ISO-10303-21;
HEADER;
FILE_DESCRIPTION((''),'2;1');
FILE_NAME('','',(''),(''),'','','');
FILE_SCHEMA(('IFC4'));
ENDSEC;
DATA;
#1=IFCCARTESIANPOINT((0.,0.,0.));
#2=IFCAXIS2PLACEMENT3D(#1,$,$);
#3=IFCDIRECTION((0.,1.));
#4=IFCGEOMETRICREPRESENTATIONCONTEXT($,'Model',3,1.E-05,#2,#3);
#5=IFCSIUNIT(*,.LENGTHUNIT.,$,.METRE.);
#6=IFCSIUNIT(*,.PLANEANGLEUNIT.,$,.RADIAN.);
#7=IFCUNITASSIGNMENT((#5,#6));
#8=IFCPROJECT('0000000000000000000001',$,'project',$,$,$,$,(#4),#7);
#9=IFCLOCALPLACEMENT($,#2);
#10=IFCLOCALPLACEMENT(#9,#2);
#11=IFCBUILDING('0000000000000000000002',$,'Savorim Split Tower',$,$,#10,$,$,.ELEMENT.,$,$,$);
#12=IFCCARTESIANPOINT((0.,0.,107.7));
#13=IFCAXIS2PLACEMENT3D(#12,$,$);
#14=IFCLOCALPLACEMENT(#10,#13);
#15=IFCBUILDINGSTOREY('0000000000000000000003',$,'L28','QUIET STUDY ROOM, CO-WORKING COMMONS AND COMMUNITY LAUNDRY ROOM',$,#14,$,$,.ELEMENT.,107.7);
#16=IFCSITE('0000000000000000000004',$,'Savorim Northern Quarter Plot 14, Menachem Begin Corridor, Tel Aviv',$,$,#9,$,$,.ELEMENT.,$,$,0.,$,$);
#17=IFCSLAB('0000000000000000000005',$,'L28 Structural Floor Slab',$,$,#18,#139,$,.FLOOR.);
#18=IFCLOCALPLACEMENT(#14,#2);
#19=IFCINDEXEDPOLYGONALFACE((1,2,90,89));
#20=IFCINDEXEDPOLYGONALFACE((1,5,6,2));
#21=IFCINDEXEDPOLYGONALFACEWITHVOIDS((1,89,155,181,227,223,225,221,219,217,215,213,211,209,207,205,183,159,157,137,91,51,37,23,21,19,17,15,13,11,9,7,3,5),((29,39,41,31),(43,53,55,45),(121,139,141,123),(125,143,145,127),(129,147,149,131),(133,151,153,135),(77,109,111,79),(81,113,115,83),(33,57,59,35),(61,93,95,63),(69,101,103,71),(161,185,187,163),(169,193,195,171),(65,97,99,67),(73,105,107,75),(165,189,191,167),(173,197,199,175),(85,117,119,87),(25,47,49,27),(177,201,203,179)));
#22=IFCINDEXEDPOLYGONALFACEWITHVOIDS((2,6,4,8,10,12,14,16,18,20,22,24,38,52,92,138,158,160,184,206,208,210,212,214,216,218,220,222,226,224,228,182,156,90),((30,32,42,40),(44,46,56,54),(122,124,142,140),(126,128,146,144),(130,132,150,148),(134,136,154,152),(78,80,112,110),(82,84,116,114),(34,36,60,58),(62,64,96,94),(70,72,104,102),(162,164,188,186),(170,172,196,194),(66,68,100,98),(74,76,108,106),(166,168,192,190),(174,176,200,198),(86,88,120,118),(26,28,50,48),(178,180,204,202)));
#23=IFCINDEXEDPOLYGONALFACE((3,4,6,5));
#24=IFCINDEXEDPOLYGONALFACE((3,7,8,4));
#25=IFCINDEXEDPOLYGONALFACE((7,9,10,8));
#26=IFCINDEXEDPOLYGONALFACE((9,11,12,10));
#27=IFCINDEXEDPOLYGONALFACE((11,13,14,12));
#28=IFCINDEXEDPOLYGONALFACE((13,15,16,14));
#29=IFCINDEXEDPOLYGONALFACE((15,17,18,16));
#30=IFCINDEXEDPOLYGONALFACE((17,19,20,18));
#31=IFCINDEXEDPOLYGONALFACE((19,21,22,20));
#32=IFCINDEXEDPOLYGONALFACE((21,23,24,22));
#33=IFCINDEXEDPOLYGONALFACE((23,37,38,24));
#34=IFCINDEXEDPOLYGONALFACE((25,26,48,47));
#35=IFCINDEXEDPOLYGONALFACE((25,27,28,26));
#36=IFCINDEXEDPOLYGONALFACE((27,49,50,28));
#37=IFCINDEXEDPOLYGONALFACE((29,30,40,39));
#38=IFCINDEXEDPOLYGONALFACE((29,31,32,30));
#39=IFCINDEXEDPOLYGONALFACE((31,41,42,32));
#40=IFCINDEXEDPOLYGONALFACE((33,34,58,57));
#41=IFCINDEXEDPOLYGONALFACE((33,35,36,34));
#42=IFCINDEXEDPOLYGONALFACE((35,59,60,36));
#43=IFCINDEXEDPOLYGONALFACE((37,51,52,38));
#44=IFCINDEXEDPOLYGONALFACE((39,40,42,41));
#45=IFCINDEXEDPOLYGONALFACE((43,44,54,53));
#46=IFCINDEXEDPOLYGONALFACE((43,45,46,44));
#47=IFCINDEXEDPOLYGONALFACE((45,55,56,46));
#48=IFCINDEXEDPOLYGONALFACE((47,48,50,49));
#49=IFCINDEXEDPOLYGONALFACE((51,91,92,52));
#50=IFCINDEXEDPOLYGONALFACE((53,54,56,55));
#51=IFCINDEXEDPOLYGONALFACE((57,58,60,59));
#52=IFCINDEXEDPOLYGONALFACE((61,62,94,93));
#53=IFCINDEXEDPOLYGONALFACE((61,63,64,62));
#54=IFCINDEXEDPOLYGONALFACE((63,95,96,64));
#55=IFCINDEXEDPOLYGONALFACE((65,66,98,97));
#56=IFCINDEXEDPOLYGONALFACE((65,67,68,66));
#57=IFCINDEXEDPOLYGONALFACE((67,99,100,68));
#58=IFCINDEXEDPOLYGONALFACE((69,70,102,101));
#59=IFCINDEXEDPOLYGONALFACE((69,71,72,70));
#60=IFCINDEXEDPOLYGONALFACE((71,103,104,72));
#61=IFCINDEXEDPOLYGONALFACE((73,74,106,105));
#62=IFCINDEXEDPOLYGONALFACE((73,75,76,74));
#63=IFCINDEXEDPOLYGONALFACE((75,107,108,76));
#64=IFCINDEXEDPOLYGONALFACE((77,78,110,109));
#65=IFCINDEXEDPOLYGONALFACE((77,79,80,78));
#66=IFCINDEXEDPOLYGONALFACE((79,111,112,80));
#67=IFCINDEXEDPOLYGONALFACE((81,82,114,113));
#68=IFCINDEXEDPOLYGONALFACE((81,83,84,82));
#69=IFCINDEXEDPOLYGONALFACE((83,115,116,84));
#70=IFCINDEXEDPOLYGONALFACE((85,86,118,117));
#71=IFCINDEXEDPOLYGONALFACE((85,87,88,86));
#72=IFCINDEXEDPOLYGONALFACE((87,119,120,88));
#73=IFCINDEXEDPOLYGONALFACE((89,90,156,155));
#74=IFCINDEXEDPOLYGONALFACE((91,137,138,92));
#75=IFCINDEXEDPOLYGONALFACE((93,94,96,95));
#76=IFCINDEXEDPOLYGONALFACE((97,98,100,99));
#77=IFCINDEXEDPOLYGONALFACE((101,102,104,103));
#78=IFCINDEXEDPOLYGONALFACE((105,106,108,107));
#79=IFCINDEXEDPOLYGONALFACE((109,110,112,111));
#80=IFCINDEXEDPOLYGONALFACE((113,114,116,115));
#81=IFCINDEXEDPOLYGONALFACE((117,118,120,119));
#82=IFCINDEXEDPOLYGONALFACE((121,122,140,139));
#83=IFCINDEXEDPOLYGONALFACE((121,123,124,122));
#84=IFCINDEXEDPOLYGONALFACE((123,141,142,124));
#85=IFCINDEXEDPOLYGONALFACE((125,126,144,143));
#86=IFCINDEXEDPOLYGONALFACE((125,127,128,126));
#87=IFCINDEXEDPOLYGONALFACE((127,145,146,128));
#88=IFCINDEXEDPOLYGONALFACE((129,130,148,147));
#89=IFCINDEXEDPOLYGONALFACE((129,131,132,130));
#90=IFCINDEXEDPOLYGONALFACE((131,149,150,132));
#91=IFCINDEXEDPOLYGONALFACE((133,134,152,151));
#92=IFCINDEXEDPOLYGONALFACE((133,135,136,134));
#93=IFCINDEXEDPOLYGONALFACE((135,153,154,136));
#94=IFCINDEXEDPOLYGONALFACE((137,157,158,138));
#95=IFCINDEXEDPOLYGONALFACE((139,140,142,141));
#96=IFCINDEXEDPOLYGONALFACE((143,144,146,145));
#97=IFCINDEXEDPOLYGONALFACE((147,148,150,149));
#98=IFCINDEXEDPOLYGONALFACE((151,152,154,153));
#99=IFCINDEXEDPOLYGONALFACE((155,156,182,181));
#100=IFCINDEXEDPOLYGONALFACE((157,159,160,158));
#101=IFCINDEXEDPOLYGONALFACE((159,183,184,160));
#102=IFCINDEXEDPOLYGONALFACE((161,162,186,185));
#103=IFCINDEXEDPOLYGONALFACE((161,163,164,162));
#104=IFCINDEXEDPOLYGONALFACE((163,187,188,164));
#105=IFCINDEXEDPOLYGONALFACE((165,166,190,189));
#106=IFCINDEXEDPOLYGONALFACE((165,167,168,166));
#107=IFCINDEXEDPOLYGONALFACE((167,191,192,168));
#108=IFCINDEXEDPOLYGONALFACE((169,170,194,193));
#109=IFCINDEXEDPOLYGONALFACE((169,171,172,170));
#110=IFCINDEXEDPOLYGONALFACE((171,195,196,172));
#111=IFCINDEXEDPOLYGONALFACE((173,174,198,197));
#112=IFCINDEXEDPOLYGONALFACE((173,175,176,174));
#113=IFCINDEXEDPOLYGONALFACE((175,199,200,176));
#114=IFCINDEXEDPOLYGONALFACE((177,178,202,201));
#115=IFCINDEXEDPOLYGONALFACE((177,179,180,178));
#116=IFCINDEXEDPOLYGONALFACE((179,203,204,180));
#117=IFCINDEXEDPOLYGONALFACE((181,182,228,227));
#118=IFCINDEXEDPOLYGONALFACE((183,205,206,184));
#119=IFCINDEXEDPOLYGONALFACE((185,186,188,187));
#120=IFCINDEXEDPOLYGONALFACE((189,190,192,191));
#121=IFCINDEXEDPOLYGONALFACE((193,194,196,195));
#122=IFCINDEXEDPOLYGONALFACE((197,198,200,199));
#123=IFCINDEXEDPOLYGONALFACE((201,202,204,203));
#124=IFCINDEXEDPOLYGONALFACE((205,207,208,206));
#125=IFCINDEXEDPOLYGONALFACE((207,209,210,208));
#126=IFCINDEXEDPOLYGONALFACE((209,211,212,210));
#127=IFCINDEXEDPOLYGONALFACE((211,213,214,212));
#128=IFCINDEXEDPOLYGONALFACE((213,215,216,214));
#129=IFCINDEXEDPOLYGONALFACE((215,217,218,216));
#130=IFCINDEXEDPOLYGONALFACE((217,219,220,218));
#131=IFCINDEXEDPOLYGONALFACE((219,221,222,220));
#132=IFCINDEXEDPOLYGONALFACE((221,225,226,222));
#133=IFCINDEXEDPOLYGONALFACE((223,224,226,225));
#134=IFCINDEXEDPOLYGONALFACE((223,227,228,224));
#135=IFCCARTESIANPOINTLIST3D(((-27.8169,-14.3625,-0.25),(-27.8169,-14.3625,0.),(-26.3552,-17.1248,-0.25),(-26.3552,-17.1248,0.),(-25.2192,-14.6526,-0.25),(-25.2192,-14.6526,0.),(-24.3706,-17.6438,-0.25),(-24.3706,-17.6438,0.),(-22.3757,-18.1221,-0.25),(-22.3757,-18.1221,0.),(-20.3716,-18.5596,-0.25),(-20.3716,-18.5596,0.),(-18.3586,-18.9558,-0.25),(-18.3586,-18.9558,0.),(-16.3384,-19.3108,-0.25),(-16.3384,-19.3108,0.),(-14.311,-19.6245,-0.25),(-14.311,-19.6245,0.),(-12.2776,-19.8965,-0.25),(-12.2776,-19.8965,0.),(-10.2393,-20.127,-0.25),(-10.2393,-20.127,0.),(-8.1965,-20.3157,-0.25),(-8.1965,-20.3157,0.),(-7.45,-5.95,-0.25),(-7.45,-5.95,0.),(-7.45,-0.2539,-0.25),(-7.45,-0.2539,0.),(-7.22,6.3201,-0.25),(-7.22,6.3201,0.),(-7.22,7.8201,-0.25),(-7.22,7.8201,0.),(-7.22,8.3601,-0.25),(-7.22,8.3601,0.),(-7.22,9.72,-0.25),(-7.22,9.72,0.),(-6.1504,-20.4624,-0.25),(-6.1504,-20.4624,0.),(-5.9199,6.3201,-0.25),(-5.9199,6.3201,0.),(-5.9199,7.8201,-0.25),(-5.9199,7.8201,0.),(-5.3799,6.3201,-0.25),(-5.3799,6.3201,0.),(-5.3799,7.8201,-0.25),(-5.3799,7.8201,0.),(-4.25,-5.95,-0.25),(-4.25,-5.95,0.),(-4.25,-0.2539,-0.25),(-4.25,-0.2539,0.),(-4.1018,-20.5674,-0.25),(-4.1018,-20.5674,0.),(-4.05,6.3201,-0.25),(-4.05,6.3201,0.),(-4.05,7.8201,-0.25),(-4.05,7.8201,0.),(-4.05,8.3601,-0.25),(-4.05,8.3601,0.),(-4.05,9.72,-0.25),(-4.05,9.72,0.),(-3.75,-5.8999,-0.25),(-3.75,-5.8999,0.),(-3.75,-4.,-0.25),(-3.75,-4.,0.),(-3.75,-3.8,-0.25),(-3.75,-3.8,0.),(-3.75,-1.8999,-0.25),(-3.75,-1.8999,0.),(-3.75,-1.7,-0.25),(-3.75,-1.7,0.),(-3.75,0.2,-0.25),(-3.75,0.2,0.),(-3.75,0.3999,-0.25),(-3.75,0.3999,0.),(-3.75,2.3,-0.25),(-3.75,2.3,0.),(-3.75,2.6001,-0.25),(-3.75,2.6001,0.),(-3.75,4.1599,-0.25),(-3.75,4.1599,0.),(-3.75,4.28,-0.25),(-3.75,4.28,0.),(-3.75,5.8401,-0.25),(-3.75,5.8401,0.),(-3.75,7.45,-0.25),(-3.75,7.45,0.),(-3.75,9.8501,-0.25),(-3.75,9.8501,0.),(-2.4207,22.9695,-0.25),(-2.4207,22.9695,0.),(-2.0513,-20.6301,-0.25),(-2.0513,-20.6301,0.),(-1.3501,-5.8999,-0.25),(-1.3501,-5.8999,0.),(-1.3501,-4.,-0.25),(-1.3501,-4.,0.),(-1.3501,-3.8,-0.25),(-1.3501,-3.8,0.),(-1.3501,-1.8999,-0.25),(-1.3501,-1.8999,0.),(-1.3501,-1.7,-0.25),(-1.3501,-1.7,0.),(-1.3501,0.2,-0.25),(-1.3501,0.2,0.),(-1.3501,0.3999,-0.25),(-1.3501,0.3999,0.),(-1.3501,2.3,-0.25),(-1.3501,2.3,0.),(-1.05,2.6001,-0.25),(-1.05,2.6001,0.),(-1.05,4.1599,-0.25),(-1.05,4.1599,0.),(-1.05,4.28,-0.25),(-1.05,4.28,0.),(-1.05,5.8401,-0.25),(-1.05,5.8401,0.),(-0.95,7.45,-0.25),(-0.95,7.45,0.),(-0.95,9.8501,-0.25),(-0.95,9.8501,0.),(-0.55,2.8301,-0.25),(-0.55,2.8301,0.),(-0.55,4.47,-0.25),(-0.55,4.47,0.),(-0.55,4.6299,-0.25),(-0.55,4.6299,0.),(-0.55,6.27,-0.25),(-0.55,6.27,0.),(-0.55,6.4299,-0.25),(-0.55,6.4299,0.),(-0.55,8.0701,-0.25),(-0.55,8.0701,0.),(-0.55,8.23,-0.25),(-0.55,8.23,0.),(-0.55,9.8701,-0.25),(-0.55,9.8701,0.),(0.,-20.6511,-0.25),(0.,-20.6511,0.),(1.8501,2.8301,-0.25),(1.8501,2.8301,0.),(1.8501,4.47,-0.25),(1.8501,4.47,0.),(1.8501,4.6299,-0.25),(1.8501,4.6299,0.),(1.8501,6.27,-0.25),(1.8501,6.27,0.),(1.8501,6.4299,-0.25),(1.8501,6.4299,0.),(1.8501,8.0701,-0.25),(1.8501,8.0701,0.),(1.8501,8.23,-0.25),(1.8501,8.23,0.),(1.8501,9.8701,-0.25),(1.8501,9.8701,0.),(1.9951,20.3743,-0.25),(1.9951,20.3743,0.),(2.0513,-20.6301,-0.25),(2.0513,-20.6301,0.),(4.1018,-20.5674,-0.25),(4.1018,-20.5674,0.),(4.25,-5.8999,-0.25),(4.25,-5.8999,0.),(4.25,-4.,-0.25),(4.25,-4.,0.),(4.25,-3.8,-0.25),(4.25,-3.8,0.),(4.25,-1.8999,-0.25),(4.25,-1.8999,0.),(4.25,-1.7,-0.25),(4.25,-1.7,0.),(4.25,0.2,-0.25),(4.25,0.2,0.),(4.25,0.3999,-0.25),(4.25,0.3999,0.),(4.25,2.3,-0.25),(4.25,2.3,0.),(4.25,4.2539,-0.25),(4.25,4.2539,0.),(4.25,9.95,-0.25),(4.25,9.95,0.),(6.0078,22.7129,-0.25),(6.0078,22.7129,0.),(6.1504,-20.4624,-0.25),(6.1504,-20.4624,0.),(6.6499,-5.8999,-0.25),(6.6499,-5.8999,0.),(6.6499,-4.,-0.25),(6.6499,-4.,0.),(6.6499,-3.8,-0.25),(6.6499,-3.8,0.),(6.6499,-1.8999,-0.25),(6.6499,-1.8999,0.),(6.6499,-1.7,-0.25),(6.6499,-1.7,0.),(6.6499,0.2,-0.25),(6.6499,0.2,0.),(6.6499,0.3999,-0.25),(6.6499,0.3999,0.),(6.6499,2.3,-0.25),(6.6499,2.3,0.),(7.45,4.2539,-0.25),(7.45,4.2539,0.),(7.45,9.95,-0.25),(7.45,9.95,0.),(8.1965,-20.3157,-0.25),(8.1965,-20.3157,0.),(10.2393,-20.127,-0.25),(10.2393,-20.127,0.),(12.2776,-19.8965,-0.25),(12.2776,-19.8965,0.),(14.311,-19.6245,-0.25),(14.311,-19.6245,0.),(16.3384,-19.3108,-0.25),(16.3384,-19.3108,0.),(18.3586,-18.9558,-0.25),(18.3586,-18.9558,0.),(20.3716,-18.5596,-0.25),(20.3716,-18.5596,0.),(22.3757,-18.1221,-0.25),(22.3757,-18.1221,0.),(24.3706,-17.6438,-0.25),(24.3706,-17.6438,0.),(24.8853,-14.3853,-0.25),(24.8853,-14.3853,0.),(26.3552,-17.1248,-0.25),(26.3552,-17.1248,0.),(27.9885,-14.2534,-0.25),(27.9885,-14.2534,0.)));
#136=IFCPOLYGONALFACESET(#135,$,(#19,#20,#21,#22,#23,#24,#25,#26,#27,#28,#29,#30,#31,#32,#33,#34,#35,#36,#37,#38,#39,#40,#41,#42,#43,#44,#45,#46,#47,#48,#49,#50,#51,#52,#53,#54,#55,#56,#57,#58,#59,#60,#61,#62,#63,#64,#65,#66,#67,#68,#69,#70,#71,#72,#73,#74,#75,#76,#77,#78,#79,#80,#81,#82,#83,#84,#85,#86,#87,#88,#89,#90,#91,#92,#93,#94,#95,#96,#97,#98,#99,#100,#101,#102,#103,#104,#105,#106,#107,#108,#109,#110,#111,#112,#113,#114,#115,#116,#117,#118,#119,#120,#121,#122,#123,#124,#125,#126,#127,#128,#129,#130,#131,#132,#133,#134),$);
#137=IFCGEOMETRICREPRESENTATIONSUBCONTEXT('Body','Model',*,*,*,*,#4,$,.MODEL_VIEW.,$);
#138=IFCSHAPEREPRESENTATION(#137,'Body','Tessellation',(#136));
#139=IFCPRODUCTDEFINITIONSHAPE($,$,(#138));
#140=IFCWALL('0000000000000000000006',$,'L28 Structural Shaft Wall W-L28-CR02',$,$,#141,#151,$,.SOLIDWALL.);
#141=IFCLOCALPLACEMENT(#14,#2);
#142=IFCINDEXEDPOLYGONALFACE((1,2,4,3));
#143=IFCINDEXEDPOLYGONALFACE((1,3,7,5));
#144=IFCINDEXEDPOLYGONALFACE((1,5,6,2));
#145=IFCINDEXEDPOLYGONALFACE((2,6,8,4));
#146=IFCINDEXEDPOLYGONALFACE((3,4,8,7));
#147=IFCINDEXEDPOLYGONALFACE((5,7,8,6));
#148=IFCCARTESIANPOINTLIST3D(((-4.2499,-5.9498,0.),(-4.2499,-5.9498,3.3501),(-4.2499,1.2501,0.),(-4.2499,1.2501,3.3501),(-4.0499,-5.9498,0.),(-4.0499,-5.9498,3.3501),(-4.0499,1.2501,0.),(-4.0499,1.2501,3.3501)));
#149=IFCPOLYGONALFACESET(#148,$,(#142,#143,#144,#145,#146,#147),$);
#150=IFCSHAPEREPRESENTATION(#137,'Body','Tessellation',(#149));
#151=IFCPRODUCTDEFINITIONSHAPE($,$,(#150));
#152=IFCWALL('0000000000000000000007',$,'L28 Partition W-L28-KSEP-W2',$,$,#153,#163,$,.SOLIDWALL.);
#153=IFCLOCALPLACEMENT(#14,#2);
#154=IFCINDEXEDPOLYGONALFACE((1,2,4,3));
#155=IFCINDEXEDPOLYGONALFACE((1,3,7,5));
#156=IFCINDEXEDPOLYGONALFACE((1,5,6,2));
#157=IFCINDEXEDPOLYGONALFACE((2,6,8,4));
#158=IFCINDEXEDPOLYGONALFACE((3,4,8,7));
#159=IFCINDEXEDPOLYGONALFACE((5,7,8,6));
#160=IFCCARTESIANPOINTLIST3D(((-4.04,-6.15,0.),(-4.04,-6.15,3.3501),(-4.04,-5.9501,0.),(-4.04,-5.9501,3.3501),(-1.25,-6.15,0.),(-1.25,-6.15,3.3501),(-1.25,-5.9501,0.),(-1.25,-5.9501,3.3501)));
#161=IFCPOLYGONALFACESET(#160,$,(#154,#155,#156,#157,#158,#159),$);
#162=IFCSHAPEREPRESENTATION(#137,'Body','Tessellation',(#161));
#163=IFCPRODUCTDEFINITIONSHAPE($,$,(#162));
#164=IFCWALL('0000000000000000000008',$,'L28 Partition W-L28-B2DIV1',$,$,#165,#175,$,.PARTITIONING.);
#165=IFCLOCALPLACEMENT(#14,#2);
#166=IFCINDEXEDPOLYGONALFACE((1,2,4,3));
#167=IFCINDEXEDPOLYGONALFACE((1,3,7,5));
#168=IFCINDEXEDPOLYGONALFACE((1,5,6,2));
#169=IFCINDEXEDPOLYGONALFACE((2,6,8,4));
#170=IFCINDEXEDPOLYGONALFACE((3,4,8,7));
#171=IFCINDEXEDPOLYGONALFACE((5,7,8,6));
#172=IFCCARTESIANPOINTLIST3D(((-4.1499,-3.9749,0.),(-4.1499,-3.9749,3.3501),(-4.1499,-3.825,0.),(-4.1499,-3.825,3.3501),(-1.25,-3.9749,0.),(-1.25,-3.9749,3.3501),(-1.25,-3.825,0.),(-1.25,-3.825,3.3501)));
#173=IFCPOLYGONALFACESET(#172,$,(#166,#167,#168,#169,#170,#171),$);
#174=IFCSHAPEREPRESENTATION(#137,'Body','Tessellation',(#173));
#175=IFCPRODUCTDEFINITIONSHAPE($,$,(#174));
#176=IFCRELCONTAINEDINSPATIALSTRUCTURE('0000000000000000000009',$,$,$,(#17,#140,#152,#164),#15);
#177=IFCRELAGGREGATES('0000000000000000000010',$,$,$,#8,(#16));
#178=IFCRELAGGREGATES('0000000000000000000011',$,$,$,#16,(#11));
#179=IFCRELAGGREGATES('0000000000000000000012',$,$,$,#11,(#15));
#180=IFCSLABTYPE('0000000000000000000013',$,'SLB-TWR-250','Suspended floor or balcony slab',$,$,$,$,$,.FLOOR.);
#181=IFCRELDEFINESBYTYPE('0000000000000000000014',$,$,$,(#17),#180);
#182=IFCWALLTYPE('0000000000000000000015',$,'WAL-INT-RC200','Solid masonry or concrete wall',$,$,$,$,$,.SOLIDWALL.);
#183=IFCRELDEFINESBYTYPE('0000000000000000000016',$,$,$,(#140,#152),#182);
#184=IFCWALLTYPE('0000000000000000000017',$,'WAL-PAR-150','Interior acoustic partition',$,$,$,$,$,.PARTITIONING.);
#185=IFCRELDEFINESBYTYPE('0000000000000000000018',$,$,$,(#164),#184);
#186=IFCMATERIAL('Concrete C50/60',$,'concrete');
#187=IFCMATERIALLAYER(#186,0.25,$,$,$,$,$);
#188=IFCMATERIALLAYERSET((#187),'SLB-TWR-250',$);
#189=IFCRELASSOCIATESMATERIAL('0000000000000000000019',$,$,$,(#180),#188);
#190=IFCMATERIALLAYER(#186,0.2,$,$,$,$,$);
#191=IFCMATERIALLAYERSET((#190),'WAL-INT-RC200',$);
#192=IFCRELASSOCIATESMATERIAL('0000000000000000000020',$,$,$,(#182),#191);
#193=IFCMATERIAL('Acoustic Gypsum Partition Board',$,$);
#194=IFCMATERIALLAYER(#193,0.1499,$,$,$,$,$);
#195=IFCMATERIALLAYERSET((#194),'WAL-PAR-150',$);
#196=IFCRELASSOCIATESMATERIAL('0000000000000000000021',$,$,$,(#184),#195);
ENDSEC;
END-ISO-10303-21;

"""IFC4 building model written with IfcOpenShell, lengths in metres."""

from ifc_helpers import new_model, si_unit, direction, frame, frame_2d, origin, place, context, subcontext, project, spatial, polyline, rectangle, outline, extrude, material, layer, layer_set, type_object, element, save


model = new_model("IFC4")

# Units and contexts
model_context = context("Model", 3, precision=1e-05, world=origin(), true_north=direction((0.0, 1.0)))
body_context = subcontext(model_context, "Body", "Model", "MODEL_VIEW")
ifc_project = project(units=[si_unit("LENGTHUNIT", "METRE"), si_unit("PLANEANGLEUNIT", "RADIAN")], contexts=[model_context])

# Site, building, storey
site_placement = place(None, origin())
site = spatial("IfcSite", under=ifc_project, at=site_placement, Name="Savorim Northern Quarter Plot 14, Menachem Begin Corridor, Tel Aviv", CompositionType="ELEMENT", RefElevation=0.0)
building_placement = place(site_placement, origin())
building = spatial("IfcBuilding", under=site, at=building_placement, Name="Savorim Split Tower", CompositionType="ELEMENT")
storey_placement = place(building_placement, frame((0.0, 0.0, 107.7)))
storey = spatial("IfcBuildingStorey", under=building, at=storey_placement, Name="L28", Description="QUIET STUDY ROOM, CO-WORKING COMMONS AND COMMUNITY LAUNDRY ROOM", CompositionType="ELEMENT", Elevation=107.7)

# Shared definitions
ifc_material_1 = material(Name="Concrete C50/60", Category="concrete")

# Slab
ifc_layer_1 = layer(ifc_material_1, 0.25)
ifc_layer_set_1 = layer_set([ifc_layer_1], Name="SLB-TWR-250")
slab_type_1 = type_object("IfcSlabType", Name="SLB-TWR-250", Description="Suspended floor or balcony slab", PredefinedType="FLOOR", material=ifc_layer_set_1)
slab_1_placement = place(storey_placement, frame((0.0, 0.0, -0.25)))
element("IfcSlab", 1, at=slab_1_placement, inside=storey, type_object=slab_type_1, Name="L28 Structural Floor Slab", PredefinedType="FLOOR", context=body_context, shape_type="SweptSolid", body=[
    extrude(outline(polyline([(-26.3552, -17.1248), (-24.3706, -17.6438), (-22.3757, -18.1221), (-20.3716, -18.5596), (-18.3586, -18.9558), (-16.3384, -19.3108), (-14.311, -19.6245), (-12.2776, -19.8965), (-10.2393, -20.127), (-8.1965, -20.3157), (-6.1504, -20.4624), (-4.1018, -20.5674), (-2.0513, -20.6301), (0.0, -20.6511), (2.0513, -20.6301), (4.1018, -20.5674), (6.1504, -20.4624), (8.1965, -20.3157), (10.2393, -20.127), (12.2776, -19.8965), (14.311, -19.6245), (16.3384, -19.3108), (18.3586, -18.9558), (20.3716, -18.5596), (22.3757, -18.1221), (24.3706, -17.6438), (26.3552, -17.1248), (24.8853, -14.3853), (27.9885, -14.2534), (6.0078, 22.7129), (1.9951, 20.3743), (-2.4207, 22.9695), (-27.8169, -14.3625), (-25.2192, -14.6526), (-26.3552, -17.1248)]), holes=[polyline([(-7.45, -0.2539), (-7.45, -5.95), (-4.25, -5.95), (-4.25, -0.2539), (-7.45, -0.2539)]), polyline([(7.45, 4.2539), (7.45, 9.95), (4.25, 9.95), (4.25, 4.2539), (7.45, 4.2539)]), polyline([(4.25, -5.8999), (6.6499, -5.8999), (6.6499, -4.0), (4.25, -4.0), (4.25, -5.8999)]), polyline([(4.25, -3.8), (6.6499, -3.8), (6.6499, -1.8999), (4.25, -1.8999), (4.25, -3.8)]), polyline([(4.25, -1.7), (6.6499, -1.7), (6.6499, 0.2), (4.25, 0.2), (4.25, -1.7)]), polyline([(4.25, 0.3999), (6.6499, 0.3999), (6.6499, 2.3), (4.25, 2.3), (4.25, 0.3999)]), polyline([(-3.75, -5.8999), (-1.3501, -5.8999), (-1.3501, -4.0), (-3.75, -4.0), (-3.75, -5.8999)]), polyline([(-3.75, -3.8), (-1.3501, -3.8), (-1.3501, -1.8999), (-3.75, -1.8999), (-3.75, -3.8)]), polyline([(-3.75, -1.7), (-1.3501, -1.7), (-1.3501, 0.2), (-3.75, 0.2), (-3.75, -1.7)]), polyline([(-3.75, 0.3999), (-1.3501, 0.3999), (-1.3501, 2.3), (-3.75, 2.3), (-3.75, 0.3999)]), polyline([(-0.55, 2.8301), (1.8501, 2.8301), (1.8501, 4.47), (-0.55, 4.47), (-0.55, 2.8301)]), polyline([(-0.55, 4.6299), (1.8501, 4.6299), (1.8501, 6.27), (-0.55, 6.27), (-0.55, 4.6299)]), polyline([(-0.55, 6.4299), (1.8501, 6.4299), (1.8501, 8.0701), (-0.55, 8.0701), (-0.55, 6.4299)]), polyline([(-0.55, 8.23), (1.8501, 8.23), (1.8501, 9.8701), (-0.55, 9.8701), (-0.55, 8.23)]), polyline([(-3.75, 2.6001), (-1.05, 2.6001), (-1.05, 4.1599), (-3.75, 4.1599), (-3.75, 2.6001)]), polyline([(-3.75, 4.28), (-1.05, 4.28), (-1.05, 5.8401), (-3.75, 5.8401), (-3.75, 4.28)]), polyline([(-3.75, 7.45), (-0.95, 7.45), (-0.95, 9.8501), (-3.75, 9.8501), (-3.75, 7.45)]), polyline([(-7.22, 6.3201), (-5.9199, 6.3201), (-5.9199, 7.8201), (-7.22, 7.8201), (-7.22, 6.3201)]), polyline([(-5.3799, 6.3201), (-4.05, 6.3201), (-4.05, 7.8201), (-5.3799, 7.8201), (-5.3799, 6.3201)]), polyline([(-7.22, 8.3601), (-4.05, 8.3601), (-4.05, 9.72), (-7.22, 9.72), (-7.22, 8.3601)])]), origin(), (0.0, 0.0, 1.0), 0.25),
])

# Wall
ifc_layer_2 = layer(ifc_material_1, 0.2)
ifc_layer_set_2 = layer_set([ifc_layer_2], Name="WAL-INT-RC200")
wall_type_1 = type_object("IfcWallType", Name="WAL-INT-RC200", Description="Solid masonry or concrete wall", PredefinedType="SOLIDWALL", material=ifc_layer_set_2)
wall_1_placement = place(storey_placement, frame((-4.1499, -5.95, 0.0), z_axis=(0.0, 0.0, 1.0), x_axis=(0.0, 1.0, 0.0)))
element("IfcWall", 2, at=wall_1_placement, inside=storey, type_object=wall_type_1, Name="L28 Structural Shaft Wall W-L28-CR02", PredefinedType="SOLIDWALL", context=body_context, shape_type="SweptSolid", body=[
    extrude(rectangle(XDim=7.2, YDim=0.2, at=frame_2d((3.6001, 0.0))), origin(), (0.0, 0.0, 1.0), 3.3501),
])

# Walls
wall_2_placement = place(storey_placement, frame((-4.04, -6.05, 0.0), z_axis=(0.0, 0.0, 1.0), x_axis=(1.0, 0.0, 0.0)))
element("IfcWall", 3, at=wall_2_placement, inside=storey, type_object=wall_type_1, Name="L28 Partition W-L28-KSEP-W2", PredefinedType="SOLIDWALL", context=body_context, shape_type="SweptSolid", body=[
    extrude(rectangle(XDim=2.79, YDim=0.2, at=frame_2d((1.395, 0.0))), origin(), (0.0, 0.0, 1.0), 3.3501),
])
ifc_material_2 = material(Name="Acoustic Gypsum Partition Board")
ifc_layer_3 = layer(ifc_material_2, 0.1499)
ifc_layer_set_3 = layer_set([ifc_layer_3], Name="WAL-PAR-150")
wall_type_2 = type_object("IfcWallType", Name="WAL-PAR-150", Description="Interior acoustic partition", PredefinedType="PARTITIONING", material=ifc_layer_set_3)
for number, where, z_axis, x_axis, name in (
    (4, (-4.1499, -3.8999, 0.0), (0.0, 0.0, 1.0), (1.0, 0.0, 0.0), "L28 Partition W-L28-B2DIV1"),
):
    element("IfcWall", number, at=place(storey_placement, frame(where, z_axis=z_axis, x_axis=x_axis)), inside=storey, type_object=wall_type_2, Name=name, PredefinedType="PARTITIONING", context=body_context, shape_type="SweptSolid", body=[
        extrude(rectangle(XDim=2.8999, YDim=0.1499, at=frame_2d((1.45, 0.0))), origin(), (0.0, 0.0, 1.0), 3.3501),
    ])

save(model, "model.ifc")
